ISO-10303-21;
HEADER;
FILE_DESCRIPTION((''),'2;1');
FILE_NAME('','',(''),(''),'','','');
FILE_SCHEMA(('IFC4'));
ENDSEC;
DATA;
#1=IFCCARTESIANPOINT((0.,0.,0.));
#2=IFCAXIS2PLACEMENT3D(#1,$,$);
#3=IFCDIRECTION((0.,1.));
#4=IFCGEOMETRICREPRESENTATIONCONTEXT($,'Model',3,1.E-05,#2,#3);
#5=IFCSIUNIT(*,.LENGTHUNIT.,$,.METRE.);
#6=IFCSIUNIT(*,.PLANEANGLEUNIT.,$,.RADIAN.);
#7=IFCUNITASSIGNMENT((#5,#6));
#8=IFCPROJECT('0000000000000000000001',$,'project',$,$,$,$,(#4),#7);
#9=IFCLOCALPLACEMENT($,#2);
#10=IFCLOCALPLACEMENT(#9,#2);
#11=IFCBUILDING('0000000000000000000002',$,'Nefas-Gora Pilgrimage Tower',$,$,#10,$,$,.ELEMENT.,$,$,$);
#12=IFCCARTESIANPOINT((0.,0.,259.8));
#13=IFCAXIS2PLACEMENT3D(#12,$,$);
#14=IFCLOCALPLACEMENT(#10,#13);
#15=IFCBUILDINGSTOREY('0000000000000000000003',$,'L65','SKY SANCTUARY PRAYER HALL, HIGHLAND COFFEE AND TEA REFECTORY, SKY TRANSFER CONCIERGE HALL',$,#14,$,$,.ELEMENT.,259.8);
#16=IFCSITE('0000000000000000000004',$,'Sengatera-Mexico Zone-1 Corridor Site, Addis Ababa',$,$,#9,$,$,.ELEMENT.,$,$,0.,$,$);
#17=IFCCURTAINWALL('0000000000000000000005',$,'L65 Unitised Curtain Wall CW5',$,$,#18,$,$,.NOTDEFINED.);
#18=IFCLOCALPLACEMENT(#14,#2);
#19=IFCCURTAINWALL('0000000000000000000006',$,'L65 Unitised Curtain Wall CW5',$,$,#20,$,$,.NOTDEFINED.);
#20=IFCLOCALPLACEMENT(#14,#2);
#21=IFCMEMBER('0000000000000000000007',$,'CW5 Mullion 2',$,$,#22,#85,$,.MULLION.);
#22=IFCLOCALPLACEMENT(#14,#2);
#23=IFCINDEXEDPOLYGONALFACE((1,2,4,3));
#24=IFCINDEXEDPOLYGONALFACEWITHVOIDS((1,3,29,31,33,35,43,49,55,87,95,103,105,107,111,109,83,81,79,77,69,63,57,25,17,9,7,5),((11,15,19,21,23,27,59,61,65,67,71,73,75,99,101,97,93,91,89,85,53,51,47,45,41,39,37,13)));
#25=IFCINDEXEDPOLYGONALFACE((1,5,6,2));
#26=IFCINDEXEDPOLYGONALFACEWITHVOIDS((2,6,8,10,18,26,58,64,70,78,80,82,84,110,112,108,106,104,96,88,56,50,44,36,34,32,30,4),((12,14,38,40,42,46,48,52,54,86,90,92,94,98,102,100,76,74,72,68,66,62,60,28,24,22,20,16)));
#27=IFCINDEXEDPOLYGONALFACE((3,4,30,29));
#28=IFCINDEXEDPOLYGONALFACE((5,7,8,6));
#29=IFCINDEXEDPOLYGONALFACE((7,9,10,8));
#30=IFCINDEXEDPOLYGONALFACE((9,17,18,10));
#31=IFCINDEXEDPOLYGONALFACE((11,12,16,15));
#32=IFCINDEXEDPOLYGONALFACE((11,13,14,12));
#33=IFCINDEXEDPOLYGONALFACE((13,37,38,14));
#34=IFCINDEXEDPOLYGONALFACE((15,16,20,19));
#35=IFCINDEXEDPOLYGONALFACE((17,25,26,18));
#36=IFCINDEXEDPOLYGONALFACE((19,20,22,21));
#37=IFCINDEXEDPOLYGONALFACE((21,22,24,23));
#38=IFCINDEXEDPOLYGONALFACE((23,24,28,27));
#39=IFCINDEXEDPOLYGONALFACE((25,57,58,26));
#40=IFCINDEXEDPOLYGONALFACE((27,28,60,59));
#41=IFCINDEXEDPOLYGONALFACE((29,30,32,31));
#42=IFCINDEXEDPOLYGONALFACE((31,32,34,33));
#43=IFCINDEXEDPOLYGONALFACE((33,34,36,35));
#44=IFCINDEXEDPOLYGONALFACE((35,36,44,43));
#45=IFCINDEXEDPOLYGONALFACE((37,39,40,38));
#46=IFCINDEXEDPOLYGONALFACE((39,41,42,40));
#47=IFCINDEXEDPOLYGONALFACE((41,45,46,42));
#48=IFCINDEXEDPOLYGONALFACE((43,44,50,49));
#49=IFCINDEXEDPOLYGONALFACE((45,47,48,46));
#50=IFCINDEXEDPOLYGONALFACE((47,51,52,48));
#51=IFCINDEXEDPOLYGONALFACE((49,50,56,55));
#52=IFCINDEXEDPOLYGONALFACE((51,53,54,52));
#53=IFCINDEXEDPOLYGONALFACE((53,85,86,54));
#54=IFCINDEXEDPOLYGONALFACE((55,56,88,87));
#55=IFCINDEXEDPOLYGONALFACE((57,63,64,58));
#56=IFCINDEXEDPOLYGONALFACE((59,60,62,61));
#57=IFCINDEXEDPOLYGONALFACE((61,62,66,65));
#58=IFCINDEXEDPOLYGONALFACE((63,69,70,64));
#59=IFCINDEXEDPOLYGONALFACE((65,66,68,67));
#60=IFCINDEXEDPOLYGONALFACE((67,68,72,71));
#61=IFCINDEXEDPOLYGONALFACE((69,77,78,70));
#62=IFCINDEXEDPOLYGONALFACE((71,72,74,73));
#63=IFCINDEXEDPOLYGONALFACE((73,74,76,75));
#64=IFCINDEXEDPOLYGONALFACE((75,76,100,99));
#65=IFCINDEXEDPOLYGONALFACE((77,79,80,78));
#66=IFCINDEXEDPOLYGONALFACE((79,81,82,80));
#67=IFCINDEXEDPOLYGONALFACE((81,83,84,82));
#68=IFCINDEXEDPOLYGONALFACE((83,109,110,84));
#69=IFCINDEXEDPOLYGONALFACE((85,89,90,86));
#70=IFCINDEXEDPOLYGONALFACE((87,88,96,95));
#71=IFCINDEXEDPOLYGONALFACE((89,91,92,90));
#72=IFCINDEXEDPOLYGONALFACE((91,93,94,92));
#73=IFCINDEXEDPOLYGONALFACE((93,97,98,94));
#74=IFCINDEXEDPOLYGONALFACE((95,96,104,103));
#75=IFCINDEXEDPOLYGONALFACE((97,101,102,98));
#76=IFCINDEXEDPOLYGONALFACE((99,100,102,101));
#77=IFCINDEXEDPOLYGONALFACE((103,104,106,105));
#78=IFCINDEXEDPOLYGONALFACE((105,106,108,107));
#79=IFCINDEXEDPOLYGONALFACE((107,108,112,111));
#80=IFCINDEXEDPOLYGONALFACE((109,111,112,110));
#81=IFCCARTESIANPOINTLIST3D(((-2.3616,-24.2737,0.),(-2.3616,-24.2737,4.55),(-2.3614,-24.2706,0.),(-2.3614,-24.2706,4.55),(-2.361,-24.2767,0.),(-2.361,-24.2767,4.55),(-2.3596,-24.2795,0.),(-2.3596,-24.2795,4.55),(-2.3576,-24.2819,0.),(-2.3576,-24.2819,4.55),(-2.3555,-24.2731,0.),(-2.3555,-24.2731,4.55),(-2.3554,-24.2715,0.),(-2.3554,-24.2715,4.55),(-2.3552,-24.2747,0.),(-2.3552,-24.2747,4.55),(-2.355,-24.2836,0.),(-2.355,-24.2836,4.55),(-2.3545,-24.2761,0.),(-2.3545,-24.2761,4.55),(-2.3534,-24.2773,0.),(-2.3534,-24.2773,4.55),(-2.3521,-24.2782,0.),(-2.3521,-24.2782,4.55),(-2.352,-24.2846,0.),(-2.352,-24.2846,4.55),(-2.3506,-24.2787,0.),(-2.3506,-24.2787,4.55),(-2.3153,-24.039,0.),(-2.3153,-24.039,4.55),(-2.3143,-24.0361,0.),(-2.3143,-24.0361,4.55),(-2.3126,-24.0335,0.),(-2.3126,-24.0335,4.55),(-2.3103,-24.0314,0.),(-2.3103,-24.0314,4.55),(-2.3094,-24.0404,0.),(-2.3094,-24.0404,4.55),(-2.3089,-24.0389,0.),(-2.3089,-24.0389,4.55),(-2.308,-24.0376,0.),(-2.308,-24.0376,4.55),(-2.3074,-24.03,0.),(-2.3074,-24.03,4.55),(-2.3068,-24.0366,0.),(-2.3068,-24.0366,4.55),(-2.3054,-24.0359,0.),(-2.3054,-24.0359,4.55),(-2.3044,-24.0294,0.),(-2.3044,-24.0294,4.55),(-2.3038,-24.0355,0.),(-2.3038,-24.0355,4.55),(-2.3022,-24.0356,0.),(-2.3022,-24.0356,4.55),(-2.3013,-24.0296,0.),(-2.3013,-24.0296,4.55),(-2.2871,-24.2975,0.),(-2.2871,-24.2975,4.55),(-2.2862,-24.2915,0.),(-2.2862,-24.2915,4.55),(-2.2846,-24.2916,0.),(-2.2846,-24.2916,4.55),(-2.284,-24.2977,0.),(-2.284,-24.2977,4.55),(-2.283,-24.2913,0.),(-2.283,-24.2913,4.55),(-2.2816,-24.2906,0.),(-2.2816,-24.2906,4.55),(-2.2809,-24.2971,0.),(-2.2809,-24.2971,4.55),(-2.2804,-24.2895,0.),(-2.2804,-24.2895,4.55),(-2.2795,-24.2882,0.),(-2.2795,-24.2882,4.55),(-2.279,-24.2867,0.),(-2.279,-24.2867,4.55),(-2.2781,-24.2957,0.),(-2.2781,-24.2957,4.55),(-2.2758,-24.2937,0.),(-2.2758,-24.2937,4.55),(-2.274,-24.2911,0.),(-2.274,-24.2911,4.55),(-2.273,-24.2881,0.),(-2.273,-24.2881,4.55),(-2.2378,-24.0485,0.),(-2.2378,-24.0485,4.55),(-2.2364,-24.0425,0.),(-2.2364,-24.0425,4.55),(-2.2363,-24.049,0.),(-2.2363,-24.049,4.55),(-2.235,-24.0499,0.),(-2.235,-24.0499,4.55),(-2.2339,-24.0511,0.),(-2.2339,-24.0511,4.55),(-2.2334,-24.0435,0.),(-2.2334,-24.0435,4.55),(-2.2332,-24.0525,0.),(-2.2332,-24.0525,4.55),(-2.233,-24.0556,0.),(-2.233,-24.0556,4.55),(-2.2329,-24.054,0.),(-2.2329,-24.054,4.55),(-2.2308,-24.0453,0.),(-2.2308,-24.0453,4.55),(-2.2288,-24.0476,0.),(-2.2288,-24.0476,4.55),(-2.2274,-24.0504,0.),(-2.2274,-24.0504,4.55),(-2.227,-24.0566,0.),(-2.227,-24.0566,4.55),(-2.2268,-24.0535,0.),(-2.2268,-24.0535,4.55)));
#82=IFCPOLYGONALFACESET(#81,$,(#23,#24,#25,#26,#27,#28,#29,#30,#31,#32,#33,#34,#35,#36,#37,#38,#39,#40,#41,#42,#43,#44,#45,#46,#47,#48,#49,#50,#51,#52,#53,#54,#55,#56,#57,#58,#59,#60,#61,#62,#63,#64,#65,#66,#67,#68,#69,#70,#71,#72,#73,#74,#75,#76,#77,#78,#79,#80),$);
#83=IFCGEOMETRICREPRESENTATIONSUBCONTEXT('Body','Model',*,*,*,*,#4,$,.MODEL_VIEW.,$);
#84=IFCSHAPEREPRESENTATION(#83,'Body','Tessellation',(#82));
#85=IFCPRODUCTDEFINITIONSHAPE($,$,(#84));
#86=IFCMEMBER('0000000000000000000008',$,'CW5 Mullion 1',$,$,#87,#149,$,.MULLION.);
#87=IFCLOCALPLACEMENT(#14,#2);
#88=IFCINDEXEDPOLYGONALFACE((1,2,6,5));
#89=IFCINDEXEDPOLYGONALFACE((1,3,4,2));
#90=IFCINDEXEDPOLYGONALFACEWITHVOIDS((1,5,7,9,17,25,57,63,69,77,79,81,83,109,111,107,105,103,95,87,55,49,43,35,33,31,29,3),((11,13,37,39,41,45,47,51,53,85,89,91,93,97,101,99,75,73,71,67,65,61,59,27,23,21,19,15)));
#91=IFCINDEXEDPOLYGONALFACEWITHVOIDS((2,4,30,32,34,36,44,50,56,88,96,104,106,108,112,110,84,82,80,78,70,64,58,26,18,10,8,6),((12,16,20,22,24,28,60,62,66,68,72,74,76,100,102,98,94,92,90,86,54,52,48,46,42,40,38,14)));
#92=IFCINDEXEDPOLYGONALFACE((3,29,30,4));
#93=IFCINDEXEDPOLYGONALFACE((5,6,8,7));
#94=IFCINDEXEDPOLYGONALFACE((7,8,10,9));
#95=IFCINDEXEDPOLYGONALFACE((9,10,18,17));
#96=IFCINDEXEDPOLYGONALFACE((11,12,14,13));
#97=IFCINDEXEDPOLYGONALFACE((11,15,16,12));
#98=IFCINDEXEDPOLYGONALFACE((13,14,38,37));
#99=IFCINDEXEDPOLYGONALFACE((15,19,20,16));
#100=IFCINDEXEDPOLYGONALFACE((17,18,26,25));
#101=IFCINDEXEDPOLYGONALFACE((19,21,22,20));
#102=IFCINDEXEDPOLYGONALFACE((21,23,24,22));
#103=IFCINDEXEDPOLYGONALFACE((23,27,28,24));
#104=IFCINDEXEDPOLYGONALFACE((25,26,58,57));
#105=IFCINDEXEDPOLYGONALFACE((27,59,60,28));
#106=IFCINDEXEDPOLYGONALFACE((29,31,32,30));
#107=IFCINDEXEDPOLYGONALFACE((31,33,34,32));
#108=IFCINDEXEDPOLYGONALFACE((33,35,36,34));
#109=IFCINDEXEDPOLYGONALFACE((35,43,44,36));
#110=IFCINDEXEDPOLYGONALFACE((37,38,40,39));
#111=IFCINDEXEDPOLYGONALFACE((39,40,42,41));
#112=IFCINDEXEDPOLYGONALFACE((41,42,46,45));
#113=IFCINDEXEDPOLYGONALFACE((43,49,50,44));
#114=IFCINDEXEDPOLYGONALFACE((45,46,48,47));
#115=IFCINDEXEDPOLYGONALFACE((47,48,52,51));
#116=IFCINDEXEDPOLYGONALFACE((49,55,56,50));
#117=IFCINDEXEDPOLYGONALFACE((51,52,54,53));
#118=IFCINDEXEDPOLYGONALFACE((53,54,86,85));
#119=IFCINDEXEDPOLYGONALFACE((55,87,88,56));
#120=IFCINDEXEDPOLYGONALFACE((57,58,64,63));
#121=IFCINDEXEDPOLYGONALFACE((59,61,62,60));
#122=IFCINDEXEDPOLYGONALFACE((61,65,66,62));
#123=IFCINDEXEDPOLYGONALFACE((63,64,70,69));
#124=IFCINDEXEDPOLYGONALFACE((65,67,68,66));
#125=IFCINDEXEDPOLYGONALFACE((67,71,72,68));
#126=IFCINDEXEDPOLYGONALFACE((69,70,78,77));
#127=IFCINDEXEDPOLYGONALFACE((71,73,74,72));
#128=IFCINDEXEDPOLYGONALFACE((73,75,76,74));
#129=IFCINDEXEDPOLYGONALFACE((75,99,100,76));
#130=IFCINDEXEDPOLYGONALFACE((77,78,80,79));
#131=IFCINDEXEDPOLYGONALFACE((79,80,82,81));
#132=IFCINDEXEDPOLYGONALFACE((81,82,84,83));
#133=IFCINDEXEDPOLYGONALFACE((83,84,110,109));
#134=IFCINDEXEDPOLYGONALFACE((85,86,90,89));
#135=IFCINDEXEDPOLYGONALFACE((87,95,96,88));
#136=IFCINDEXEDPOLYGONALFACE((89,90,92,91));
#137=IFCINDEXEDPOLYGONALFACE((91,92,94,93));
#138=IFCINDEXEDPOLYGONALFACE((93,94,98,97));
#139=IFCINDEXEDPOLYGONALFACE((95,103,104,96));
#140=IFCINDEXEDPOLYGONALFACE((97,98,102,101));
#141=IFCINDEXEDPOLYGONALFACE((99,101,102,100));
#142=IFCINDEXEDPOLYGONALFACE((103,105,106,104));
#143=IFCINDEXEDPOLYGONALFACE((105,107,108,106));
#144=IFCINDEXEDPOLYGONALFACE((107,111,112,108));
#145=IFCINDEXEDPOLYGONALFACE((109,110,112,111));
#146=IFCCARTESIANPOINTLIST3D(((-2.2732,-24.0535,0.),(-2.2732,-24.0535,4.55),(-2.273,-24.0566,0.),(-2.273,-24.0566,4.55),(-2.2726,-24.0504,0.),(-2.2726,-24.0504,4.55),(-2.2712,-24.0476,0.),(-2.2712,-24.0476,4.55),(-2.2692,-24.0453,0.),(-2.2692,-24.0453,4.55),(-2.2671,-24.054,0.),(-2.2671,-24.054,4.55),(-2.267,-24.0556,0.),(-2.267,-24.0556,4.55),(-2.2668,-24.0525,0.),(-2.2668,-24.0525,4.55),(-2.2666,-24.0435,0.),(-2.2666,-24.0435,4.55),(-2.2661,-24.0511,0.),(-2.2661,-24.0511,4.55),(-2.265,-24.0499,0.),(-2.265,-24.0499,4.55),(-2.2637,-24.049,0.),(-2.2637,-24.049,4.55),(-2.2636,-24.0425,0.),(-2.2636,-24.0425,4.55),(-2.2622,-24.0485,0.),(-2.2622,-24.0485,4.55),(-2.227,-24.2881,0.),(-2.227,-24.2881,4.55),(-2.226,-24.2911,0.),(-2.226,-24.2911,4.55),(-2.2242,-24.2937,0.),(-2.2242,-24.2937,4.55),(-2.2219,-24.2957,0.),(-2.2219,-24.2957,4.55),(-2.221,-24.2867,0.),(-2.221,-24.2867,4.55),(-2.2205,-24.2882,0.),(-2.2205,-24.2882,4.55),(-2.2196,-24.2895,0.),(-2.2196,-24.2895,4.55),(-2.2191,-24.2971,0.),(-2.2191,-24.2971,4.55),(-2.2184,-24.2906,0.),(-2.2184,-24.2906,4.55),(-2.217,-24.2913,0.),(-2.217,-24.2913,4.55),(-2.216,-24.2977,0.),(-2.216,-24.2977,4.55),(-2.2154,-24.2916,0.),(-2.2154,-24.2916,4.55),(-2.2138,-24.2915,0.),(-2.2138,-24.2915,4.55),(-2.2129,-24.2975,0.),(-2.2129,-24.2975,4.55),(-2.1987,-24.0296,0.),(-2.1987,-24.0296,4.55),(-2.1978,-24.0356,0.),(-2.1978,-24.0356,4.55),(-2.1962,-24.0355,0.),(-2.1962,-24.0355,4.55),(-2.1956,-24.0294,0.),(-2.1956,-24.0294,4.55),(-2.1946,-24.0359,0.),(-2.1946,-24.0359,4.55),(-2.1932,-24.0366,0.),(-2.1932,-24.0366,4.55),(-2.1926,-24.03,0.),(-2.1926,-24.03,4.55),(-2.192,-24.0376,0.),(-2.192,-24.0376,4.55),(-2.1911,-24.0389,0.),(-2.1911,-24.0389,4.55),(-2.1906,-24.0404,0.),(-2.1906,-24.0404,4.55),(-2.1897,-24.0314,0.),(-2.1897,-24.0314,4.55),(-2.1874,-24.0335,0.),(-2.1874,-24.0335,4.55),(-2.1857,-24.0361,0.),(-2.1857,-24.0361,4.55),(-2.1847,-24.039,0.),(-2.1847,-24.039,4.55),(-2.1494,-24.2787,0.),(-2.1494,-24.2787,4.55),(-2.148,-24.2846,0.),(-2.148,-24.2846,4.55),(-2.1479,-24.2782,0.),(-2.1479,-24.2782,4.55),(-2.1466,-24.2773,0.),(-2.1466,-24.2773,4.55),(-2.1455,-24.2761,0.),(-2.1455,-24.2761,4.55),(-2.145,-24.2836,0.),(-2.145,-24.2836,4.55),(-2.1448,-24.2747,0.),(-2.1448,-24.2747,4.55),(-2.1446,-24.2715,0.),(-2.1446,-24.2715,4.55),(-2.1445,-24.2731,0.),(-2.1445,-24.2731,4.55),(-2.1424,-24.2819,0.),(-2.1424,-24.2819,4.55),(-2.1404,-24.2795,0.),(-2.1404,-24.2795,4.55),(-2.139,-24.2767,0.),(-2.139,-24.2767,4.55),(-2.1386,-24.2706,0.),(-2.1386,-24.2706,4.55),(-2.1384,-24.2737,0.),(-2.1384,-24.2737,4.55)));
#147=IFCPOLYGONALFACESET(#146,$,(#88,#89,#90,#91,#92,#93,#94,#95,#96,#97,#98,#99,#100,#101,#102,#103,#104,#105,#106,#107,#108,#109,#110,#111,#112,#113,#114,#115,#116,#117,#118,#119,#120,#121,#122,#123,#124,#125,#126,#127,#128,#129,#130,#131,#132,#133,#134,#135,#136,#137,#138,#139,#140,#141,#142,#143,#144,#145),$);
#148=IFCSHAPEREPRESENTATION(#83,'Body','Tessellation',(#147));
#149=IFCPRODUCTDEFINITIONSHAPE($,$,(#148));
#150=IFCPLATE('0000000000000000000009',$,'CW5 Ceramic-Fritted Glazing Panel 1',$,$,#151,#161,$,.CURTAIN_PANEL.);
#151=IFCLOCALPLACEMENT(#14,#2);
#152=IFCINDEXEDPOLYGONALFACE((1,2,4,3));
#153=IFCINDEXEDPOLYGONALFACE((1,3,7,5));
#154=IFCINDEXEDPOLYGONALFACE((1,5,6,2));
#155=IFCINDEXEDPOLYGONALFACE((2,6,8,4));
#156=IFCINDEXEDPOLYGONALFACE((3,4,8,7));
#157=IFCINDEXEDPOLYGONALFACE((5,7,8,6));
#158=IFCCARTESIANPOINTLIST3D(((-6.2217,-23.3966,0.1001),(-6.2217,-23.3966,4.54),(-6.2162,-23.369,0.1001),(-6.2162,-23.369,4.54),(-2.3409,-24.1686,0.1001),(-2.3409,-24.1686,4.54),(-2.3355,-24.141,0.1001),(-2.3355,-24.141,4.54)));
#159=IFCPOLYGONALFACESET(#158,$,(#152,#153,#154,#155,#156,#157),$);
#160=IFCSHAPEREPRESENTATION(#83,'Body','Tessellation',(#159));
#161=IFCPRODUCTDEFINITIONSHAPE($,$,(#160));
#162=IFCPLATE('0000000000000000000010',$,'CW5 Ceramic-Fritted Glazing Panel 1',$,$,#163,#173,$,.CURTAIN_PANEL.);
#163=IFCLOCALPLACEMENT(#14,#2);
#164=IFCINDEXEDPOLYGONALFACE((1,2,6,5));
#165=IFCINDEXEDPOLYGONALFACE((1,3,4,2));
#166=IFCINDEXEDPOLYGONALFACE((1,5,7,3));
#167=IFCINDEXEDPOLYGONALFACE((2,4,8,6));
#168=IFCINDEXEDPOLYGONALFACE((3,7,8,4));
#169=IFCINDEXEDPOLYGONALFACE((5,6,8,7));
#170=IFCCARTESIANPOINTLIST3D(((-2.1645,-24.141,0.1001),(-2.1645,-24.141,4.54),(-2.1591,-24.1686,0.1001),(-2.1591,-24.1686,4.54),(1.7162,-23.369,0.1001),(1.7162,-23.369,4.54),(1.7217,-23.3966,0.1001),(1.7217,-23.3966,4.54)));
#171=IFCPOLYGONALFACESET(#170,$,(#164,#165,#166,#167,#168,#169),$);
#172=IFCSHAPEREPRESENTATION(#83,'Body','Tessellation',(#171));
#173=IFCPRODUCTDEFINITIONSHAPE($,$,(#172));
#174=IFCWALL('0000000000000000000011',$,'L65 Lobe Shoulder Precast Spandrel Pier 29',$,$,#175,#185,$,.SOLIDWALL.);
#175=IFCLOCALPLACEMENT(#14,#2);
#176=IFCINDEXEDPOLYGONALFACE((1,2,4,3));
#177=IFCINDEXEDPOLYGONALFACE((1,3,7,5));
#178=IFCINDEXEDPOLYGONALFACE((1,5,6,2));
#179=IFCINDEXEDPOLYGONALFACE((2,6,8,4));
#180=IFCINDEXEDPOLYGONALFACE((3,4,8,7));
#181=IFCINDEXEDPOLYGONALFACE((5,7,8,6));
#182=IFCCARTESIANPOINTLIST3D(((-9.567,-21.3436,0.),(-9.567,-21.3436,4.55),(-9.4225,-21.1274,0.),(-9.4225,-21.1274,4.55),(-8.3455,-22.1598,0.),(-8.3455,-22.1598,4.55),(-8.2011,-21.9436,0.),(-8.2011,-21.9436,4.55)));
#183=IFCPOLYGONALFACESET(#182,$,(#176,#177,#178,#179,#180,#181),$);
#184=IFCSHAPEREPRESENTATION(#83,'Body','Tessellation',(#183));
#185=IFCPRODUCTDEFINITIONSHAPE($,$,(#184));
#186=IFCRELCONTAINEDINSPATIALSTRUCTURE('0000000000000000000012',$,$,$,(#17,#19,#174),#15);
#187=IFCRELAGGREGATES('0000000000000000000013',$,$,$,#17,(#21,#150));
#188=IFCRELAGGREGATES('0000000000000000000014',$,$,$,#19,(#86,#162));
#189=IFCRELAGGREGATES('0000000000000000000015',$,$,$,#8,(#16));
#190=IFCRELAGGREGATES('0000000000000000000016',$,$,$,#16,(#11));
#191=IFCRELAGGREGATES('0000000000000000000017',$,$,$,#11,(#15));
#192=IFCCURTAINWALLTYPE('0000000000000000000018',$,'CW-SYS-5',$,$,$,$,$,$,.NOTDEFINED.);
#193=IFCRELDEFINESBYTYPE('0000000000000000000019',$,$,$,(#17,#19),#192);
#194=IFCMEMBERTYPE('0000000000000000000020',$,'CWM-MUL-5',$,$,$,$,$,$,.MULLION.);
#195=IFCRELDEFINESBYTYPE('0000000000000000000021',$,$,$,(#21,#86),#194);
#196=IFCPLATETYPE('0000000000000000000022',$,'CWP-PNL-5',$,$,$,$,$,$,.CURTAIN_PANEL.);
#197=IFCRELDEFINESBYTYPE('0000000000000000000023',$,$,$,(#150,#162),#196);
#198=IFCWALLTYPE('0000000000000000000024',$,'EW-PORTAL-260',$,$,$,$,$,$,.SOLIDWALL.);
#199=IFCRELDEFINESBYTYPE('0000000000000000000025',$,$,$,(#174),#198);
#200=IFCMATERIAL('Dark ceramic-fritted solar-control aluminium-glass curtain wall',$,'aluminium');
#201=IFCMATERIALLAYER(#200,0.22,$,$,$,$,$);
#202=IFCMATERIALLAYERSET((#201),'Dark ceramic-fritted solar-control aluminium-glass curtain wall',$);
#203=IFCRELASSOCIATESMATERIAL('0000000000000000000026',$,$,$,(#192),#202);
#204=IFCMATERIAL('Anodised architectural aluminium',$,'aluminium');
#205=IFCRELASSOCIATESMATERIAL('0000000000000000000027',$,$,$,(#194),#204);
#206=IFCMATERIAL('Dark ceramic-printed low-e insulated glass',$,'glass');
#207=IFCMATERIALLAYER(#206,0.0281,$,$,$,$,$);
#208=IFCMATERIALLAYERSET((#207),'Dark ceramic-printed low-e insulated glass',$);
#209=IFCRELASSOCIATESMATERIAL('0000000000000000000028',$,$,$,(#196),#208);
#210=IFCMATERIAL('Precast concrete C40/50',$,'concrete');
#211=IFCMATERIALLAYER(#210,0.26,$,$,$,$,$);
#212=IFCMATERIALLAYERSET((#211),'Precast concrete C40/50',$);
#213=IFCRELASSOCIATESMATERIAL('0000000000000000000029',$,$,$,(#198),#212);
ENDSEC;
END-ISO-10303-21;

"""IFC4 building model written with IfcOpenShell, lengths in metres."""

from ifc_helpers import new_model, si_unit, direction, frame, frame_2d, origin, origin_2d, place, context, subcontext, project, spatial, rectangle, hollow_rectangle, extrude, source, transform, mapped, material, layer, layer_set, material_profile, profile_set, type_object, element, aggregate, save


model = new_model("IFC4")

# Units and contexts
model_context = context("Model", 3, precision=1e-05, world=origin(), true_north=direction((0.0, 1.0)))
body_context = subcontext(model_context, "Body", "Model", "MODEL_VIEW")
ifc_project = project(units=[si_unit("LENGTHUNIT", "METRE"), si_unit("PLANEANGLEUNIT", "RADIAN")], contexts=[model_context])

# Site, building, storey
site_placement = place(None, origin())
site = spatial("IfcSite", under=ifc_project, at=site_placement, Name="Sengatera-Mexico Zone-1 Corridor Site, Addis Ababa", CompositionType="ELEMENT", RefElevation=0.0)
building_placement = place(site_placement, origin())
building = spatial("IfcBuilding", under=site, at=building_placement, Name="Nefas-Gora Pilgrimage Tower", CompositionType="ELEMENT")
storey_placement = place(building_placement, frame((0.0, 0.0, 259.8)))
storey = spatial("IfcBuildingStorey", under=building, at=storey_placement, Name="L65", Description="SKY SANCTUARY PRAYER HALL, HIGHLAND COFFEE AND TEA REFECTORY, SKY TRANSFER CONCIERGE HALL", CompositionType="ELEMENT", Elevation=259.8)

# Curtain walls
ifc_material_1 = material(Name="Dark ceramic-fritted solar-control aluminium-glass curtain wall", Category="aluminium")
ifc_layer_1 = layer(ifc_material_1, 0.22)
ifc_layer_set_1 = layer_set([ifc_layer_1], Name="Dark ceramic-fritted solar-control aluminium-glass curtain wall")
curtain_wall_type = type_object("IfcCurtainWallType", Name="CW-SYS-5", PredefinedType="NOTDEFINED", material=ifc_layer_set_1)
curtain_wall_1_placement = place(storey_placement, origin())
curtain_wall_1 = element("IfcCurtainWall", 1, at=curtain_wall_1_placement, inside=storey, type_object=curtain_wall_type, Name="L65 Unitised Curtain Wall CW5", PredefinedType="NOTDEFINED")
ifc_material_2 = material(Name="Anodised architectural aluminium", Category="aluminium")
curtain_wall_2_placement = place(storey_placement, origin())
curtain_wall_2 = element("IfcCurtainWall", 2, at=curtain_wall_2_placement, inside=storey, type_object=curtain_wall_type, Name="L65 Unitised Curtain Wall CW5", PredefinedType="NOTDEFINED")
ifc_material_profile_1 = material_profile(ifc_material_2, hollow_rectangle(XDim=0.0901, YDim=0.26, WallThickness=0.0061, InnerFilletRadius=0.0061, OuterFilletRadius=0.012, at=origin_2d()), Name="ALU MULLION 90x260")
ifc_profile_set_1 = profile_set([ifc_material_profile_1], Name="Anodised architectural aluminium")
member_type_1 = type_object("IfcMemberType", Name="CWM-MUL-5", PredefinedType="MULLION", material=ifc_profile_set_1)
shared_shape_1 = source(origin(), body_context, "Body", "SweptSolid", [
    extrude(hollow_rectangle(XDim=0.0901, YDim=0.26, WallThickness=0.0061, InnerFilletRadius=0.0061, OuterFilletRadius=0.012, at=origin_2d()), origin(), (0.0, 0.0, 1.0), 4.55),
])

# Members
member_1_placement = place(storey_placement, frame((-2.2942, -24.1636, 0.0), z_axis=(0.0, 0.0, 1.0), x_axis=(0.980783, -0.195102, 0.0)))
member_1 = element("IfcMember", 3, at=member_1_placement, type_object=member_type_1, Name="CW5 Mullion 2", PredefinedType="MULLION", context=body_context, shape_type="MappedRepresentation", body=[
    mapped(shared_shape_1, transform((0.0, 0.0, 0.0), x_axis=(1.0, 0.0, 0.0), y_axis=(0.0, 1.0, 0.0), z_axis=(0.0, 0.0, 1.0), scale=1.0)),
])
member_2_placement = place(storey_placement, frame((-2.2058, -24.1636, 0.0), z_axis=(0.0, 0.0, 1.0), x_axis=(0.980783, 0.195102, 0.0)))
member_2 = element("IfcMember", 4, at=member_2_placement, type_object=member_type_1, Name="CW5 Mullion 1", PredefinedType="MULLION", context=body_context, shape_type="MappedRepresentation", body=[
    mapped(shared_shape_1, transform((0.0, 0.0, 0.0), x_axis=(1.0, 0.0, 0.0), y_axis=(0.0, 1.0, 0.0), z_axis=(0.0, 0.0, 1.0), scale=1.0)),
])

# Plates
ifc_material_3 = material(Name="Dark ceramic-printed low-e insulated glass", Category="glass")
ifc_layer_2 = layer(ifc_material_3, 0.0281)
ifc_layer_set_2 = layer_set([ifc_layer_2], Name="Dark ceramic-printed low-e insulated glass")
plate_type = type_object("IfcPlateType", Name="CWP-PNL-5", PredefinedType="CURTAIN_PANEL", material=ifc_layer_set_2)
shared_shape_2 = source(origin(), body_context, "Body", "SweptSolid", [
    extrude(rectangle(XDim=3.9568, YDim=0.0281, at=origin_2d()), origin(), (0.0, 0.0, 1.0), 4.4399),
])
plate_1_placement = place(storey_placement, frame((-4.2786, -23.7688, 0.1001), z_axis=(0.0, 0.0, 1.0), x_axis=(0.980783, -0.195102, 0.0)))
plate_1 = element("IfcPlate", 5, at=plate_1_placement, type_object=plate_type, Name="CW5 Ceramic-Fritted Glazing Panel 1", PredefinedType="CURTAIN_PANEL", context=body_context, shape_type="MappedRepresentation", body=[
    mapped(shared_shape_2, transform((0.0, 0.0, 0.0), x_axis=(1.0, 0.0, 0.0), y_axis=(0.0, 1.0, 0.0), z_axis=(0.0, 0.0, 1.0), scale=1.0)),
])
aggregate(curtain_wall_1, [member_1, plate_1])
plate_2_placement = place(storey_placement, frame((-0.2214, -23.7688, 0.1001), z_axis=(0.0, 0.0, 1.0), x_axis=(0.980783, 0.195102, 0.0)))
plate_2 = element("IfcPlate", 6, at=plate_2_placement, type_object=plate_type, Name="CW5 Ceramic-Fritted Glazing Panel 1", PredefinedType="CURTAIN_PANEL", context=body_context, shape_type="MappedRepresentation", body=[
    mapped(shared_shape_2, transform((0.0, 0.0, 0.0), x_axis=(1.0, 0.0, 0.0), y_axis=(0.0, 1.0, 0.0), z_axis=(0.0, 0.0, 1.0), scale=1.0)),
])
aggregate(curtain_wall_2, [member_2, plate_2])

# Wall
ifc_material_4 = material(Name="Precast concrete C40/50", Category="concrete")
ifc_layer_3 = layer(ifc_material_4, 0.26)
ifc_layer_set_3 = layer_set([ifc_layer_3], Name="Precast concrete C40/50")
wall_type_1 = type_object("IfcWallType", Name="EW-PORTAL-260", PredefinedType="SOLIDWALL", material=ifc_layer_set_3)
shared_shape_3 = source(origin(), body_context, "Body", "SweptSolid", [
    extrude(rectangle(XDim=1.469, YDim=0.26, at=frame_2d((0.7344, 0.0))), origin(), (0.0, 0.0, 1.0), 4.55),
])
wall_1_placement = place(storey_placement, frame((-9.4946, -21.2356, 0.0), z_axis=(0.0, 0.0, 1.0), x_axis=(0.831462, -0.555582, 0.0)))
element("IfcWall", 7, at=wall_1_placement, inside=storey, type_object=wall_type_1, Name="L65 Lobe Shoulder Precast Spandrel Pier 29", PredefinedType="SOLIDWALL", context=body_context, shape_type="MappedRepresentation", body=[
    mapped(shared_shape_3, transform((0.0, 0.0, 0.0), x_axis=(1.0, 0.0, 0.0), y_axis=(0.0, 1.0, 0.0), z_axis=(0.0, 0.0, 1.0), scale=1.0)),
])

save(model, "model.ifc")
